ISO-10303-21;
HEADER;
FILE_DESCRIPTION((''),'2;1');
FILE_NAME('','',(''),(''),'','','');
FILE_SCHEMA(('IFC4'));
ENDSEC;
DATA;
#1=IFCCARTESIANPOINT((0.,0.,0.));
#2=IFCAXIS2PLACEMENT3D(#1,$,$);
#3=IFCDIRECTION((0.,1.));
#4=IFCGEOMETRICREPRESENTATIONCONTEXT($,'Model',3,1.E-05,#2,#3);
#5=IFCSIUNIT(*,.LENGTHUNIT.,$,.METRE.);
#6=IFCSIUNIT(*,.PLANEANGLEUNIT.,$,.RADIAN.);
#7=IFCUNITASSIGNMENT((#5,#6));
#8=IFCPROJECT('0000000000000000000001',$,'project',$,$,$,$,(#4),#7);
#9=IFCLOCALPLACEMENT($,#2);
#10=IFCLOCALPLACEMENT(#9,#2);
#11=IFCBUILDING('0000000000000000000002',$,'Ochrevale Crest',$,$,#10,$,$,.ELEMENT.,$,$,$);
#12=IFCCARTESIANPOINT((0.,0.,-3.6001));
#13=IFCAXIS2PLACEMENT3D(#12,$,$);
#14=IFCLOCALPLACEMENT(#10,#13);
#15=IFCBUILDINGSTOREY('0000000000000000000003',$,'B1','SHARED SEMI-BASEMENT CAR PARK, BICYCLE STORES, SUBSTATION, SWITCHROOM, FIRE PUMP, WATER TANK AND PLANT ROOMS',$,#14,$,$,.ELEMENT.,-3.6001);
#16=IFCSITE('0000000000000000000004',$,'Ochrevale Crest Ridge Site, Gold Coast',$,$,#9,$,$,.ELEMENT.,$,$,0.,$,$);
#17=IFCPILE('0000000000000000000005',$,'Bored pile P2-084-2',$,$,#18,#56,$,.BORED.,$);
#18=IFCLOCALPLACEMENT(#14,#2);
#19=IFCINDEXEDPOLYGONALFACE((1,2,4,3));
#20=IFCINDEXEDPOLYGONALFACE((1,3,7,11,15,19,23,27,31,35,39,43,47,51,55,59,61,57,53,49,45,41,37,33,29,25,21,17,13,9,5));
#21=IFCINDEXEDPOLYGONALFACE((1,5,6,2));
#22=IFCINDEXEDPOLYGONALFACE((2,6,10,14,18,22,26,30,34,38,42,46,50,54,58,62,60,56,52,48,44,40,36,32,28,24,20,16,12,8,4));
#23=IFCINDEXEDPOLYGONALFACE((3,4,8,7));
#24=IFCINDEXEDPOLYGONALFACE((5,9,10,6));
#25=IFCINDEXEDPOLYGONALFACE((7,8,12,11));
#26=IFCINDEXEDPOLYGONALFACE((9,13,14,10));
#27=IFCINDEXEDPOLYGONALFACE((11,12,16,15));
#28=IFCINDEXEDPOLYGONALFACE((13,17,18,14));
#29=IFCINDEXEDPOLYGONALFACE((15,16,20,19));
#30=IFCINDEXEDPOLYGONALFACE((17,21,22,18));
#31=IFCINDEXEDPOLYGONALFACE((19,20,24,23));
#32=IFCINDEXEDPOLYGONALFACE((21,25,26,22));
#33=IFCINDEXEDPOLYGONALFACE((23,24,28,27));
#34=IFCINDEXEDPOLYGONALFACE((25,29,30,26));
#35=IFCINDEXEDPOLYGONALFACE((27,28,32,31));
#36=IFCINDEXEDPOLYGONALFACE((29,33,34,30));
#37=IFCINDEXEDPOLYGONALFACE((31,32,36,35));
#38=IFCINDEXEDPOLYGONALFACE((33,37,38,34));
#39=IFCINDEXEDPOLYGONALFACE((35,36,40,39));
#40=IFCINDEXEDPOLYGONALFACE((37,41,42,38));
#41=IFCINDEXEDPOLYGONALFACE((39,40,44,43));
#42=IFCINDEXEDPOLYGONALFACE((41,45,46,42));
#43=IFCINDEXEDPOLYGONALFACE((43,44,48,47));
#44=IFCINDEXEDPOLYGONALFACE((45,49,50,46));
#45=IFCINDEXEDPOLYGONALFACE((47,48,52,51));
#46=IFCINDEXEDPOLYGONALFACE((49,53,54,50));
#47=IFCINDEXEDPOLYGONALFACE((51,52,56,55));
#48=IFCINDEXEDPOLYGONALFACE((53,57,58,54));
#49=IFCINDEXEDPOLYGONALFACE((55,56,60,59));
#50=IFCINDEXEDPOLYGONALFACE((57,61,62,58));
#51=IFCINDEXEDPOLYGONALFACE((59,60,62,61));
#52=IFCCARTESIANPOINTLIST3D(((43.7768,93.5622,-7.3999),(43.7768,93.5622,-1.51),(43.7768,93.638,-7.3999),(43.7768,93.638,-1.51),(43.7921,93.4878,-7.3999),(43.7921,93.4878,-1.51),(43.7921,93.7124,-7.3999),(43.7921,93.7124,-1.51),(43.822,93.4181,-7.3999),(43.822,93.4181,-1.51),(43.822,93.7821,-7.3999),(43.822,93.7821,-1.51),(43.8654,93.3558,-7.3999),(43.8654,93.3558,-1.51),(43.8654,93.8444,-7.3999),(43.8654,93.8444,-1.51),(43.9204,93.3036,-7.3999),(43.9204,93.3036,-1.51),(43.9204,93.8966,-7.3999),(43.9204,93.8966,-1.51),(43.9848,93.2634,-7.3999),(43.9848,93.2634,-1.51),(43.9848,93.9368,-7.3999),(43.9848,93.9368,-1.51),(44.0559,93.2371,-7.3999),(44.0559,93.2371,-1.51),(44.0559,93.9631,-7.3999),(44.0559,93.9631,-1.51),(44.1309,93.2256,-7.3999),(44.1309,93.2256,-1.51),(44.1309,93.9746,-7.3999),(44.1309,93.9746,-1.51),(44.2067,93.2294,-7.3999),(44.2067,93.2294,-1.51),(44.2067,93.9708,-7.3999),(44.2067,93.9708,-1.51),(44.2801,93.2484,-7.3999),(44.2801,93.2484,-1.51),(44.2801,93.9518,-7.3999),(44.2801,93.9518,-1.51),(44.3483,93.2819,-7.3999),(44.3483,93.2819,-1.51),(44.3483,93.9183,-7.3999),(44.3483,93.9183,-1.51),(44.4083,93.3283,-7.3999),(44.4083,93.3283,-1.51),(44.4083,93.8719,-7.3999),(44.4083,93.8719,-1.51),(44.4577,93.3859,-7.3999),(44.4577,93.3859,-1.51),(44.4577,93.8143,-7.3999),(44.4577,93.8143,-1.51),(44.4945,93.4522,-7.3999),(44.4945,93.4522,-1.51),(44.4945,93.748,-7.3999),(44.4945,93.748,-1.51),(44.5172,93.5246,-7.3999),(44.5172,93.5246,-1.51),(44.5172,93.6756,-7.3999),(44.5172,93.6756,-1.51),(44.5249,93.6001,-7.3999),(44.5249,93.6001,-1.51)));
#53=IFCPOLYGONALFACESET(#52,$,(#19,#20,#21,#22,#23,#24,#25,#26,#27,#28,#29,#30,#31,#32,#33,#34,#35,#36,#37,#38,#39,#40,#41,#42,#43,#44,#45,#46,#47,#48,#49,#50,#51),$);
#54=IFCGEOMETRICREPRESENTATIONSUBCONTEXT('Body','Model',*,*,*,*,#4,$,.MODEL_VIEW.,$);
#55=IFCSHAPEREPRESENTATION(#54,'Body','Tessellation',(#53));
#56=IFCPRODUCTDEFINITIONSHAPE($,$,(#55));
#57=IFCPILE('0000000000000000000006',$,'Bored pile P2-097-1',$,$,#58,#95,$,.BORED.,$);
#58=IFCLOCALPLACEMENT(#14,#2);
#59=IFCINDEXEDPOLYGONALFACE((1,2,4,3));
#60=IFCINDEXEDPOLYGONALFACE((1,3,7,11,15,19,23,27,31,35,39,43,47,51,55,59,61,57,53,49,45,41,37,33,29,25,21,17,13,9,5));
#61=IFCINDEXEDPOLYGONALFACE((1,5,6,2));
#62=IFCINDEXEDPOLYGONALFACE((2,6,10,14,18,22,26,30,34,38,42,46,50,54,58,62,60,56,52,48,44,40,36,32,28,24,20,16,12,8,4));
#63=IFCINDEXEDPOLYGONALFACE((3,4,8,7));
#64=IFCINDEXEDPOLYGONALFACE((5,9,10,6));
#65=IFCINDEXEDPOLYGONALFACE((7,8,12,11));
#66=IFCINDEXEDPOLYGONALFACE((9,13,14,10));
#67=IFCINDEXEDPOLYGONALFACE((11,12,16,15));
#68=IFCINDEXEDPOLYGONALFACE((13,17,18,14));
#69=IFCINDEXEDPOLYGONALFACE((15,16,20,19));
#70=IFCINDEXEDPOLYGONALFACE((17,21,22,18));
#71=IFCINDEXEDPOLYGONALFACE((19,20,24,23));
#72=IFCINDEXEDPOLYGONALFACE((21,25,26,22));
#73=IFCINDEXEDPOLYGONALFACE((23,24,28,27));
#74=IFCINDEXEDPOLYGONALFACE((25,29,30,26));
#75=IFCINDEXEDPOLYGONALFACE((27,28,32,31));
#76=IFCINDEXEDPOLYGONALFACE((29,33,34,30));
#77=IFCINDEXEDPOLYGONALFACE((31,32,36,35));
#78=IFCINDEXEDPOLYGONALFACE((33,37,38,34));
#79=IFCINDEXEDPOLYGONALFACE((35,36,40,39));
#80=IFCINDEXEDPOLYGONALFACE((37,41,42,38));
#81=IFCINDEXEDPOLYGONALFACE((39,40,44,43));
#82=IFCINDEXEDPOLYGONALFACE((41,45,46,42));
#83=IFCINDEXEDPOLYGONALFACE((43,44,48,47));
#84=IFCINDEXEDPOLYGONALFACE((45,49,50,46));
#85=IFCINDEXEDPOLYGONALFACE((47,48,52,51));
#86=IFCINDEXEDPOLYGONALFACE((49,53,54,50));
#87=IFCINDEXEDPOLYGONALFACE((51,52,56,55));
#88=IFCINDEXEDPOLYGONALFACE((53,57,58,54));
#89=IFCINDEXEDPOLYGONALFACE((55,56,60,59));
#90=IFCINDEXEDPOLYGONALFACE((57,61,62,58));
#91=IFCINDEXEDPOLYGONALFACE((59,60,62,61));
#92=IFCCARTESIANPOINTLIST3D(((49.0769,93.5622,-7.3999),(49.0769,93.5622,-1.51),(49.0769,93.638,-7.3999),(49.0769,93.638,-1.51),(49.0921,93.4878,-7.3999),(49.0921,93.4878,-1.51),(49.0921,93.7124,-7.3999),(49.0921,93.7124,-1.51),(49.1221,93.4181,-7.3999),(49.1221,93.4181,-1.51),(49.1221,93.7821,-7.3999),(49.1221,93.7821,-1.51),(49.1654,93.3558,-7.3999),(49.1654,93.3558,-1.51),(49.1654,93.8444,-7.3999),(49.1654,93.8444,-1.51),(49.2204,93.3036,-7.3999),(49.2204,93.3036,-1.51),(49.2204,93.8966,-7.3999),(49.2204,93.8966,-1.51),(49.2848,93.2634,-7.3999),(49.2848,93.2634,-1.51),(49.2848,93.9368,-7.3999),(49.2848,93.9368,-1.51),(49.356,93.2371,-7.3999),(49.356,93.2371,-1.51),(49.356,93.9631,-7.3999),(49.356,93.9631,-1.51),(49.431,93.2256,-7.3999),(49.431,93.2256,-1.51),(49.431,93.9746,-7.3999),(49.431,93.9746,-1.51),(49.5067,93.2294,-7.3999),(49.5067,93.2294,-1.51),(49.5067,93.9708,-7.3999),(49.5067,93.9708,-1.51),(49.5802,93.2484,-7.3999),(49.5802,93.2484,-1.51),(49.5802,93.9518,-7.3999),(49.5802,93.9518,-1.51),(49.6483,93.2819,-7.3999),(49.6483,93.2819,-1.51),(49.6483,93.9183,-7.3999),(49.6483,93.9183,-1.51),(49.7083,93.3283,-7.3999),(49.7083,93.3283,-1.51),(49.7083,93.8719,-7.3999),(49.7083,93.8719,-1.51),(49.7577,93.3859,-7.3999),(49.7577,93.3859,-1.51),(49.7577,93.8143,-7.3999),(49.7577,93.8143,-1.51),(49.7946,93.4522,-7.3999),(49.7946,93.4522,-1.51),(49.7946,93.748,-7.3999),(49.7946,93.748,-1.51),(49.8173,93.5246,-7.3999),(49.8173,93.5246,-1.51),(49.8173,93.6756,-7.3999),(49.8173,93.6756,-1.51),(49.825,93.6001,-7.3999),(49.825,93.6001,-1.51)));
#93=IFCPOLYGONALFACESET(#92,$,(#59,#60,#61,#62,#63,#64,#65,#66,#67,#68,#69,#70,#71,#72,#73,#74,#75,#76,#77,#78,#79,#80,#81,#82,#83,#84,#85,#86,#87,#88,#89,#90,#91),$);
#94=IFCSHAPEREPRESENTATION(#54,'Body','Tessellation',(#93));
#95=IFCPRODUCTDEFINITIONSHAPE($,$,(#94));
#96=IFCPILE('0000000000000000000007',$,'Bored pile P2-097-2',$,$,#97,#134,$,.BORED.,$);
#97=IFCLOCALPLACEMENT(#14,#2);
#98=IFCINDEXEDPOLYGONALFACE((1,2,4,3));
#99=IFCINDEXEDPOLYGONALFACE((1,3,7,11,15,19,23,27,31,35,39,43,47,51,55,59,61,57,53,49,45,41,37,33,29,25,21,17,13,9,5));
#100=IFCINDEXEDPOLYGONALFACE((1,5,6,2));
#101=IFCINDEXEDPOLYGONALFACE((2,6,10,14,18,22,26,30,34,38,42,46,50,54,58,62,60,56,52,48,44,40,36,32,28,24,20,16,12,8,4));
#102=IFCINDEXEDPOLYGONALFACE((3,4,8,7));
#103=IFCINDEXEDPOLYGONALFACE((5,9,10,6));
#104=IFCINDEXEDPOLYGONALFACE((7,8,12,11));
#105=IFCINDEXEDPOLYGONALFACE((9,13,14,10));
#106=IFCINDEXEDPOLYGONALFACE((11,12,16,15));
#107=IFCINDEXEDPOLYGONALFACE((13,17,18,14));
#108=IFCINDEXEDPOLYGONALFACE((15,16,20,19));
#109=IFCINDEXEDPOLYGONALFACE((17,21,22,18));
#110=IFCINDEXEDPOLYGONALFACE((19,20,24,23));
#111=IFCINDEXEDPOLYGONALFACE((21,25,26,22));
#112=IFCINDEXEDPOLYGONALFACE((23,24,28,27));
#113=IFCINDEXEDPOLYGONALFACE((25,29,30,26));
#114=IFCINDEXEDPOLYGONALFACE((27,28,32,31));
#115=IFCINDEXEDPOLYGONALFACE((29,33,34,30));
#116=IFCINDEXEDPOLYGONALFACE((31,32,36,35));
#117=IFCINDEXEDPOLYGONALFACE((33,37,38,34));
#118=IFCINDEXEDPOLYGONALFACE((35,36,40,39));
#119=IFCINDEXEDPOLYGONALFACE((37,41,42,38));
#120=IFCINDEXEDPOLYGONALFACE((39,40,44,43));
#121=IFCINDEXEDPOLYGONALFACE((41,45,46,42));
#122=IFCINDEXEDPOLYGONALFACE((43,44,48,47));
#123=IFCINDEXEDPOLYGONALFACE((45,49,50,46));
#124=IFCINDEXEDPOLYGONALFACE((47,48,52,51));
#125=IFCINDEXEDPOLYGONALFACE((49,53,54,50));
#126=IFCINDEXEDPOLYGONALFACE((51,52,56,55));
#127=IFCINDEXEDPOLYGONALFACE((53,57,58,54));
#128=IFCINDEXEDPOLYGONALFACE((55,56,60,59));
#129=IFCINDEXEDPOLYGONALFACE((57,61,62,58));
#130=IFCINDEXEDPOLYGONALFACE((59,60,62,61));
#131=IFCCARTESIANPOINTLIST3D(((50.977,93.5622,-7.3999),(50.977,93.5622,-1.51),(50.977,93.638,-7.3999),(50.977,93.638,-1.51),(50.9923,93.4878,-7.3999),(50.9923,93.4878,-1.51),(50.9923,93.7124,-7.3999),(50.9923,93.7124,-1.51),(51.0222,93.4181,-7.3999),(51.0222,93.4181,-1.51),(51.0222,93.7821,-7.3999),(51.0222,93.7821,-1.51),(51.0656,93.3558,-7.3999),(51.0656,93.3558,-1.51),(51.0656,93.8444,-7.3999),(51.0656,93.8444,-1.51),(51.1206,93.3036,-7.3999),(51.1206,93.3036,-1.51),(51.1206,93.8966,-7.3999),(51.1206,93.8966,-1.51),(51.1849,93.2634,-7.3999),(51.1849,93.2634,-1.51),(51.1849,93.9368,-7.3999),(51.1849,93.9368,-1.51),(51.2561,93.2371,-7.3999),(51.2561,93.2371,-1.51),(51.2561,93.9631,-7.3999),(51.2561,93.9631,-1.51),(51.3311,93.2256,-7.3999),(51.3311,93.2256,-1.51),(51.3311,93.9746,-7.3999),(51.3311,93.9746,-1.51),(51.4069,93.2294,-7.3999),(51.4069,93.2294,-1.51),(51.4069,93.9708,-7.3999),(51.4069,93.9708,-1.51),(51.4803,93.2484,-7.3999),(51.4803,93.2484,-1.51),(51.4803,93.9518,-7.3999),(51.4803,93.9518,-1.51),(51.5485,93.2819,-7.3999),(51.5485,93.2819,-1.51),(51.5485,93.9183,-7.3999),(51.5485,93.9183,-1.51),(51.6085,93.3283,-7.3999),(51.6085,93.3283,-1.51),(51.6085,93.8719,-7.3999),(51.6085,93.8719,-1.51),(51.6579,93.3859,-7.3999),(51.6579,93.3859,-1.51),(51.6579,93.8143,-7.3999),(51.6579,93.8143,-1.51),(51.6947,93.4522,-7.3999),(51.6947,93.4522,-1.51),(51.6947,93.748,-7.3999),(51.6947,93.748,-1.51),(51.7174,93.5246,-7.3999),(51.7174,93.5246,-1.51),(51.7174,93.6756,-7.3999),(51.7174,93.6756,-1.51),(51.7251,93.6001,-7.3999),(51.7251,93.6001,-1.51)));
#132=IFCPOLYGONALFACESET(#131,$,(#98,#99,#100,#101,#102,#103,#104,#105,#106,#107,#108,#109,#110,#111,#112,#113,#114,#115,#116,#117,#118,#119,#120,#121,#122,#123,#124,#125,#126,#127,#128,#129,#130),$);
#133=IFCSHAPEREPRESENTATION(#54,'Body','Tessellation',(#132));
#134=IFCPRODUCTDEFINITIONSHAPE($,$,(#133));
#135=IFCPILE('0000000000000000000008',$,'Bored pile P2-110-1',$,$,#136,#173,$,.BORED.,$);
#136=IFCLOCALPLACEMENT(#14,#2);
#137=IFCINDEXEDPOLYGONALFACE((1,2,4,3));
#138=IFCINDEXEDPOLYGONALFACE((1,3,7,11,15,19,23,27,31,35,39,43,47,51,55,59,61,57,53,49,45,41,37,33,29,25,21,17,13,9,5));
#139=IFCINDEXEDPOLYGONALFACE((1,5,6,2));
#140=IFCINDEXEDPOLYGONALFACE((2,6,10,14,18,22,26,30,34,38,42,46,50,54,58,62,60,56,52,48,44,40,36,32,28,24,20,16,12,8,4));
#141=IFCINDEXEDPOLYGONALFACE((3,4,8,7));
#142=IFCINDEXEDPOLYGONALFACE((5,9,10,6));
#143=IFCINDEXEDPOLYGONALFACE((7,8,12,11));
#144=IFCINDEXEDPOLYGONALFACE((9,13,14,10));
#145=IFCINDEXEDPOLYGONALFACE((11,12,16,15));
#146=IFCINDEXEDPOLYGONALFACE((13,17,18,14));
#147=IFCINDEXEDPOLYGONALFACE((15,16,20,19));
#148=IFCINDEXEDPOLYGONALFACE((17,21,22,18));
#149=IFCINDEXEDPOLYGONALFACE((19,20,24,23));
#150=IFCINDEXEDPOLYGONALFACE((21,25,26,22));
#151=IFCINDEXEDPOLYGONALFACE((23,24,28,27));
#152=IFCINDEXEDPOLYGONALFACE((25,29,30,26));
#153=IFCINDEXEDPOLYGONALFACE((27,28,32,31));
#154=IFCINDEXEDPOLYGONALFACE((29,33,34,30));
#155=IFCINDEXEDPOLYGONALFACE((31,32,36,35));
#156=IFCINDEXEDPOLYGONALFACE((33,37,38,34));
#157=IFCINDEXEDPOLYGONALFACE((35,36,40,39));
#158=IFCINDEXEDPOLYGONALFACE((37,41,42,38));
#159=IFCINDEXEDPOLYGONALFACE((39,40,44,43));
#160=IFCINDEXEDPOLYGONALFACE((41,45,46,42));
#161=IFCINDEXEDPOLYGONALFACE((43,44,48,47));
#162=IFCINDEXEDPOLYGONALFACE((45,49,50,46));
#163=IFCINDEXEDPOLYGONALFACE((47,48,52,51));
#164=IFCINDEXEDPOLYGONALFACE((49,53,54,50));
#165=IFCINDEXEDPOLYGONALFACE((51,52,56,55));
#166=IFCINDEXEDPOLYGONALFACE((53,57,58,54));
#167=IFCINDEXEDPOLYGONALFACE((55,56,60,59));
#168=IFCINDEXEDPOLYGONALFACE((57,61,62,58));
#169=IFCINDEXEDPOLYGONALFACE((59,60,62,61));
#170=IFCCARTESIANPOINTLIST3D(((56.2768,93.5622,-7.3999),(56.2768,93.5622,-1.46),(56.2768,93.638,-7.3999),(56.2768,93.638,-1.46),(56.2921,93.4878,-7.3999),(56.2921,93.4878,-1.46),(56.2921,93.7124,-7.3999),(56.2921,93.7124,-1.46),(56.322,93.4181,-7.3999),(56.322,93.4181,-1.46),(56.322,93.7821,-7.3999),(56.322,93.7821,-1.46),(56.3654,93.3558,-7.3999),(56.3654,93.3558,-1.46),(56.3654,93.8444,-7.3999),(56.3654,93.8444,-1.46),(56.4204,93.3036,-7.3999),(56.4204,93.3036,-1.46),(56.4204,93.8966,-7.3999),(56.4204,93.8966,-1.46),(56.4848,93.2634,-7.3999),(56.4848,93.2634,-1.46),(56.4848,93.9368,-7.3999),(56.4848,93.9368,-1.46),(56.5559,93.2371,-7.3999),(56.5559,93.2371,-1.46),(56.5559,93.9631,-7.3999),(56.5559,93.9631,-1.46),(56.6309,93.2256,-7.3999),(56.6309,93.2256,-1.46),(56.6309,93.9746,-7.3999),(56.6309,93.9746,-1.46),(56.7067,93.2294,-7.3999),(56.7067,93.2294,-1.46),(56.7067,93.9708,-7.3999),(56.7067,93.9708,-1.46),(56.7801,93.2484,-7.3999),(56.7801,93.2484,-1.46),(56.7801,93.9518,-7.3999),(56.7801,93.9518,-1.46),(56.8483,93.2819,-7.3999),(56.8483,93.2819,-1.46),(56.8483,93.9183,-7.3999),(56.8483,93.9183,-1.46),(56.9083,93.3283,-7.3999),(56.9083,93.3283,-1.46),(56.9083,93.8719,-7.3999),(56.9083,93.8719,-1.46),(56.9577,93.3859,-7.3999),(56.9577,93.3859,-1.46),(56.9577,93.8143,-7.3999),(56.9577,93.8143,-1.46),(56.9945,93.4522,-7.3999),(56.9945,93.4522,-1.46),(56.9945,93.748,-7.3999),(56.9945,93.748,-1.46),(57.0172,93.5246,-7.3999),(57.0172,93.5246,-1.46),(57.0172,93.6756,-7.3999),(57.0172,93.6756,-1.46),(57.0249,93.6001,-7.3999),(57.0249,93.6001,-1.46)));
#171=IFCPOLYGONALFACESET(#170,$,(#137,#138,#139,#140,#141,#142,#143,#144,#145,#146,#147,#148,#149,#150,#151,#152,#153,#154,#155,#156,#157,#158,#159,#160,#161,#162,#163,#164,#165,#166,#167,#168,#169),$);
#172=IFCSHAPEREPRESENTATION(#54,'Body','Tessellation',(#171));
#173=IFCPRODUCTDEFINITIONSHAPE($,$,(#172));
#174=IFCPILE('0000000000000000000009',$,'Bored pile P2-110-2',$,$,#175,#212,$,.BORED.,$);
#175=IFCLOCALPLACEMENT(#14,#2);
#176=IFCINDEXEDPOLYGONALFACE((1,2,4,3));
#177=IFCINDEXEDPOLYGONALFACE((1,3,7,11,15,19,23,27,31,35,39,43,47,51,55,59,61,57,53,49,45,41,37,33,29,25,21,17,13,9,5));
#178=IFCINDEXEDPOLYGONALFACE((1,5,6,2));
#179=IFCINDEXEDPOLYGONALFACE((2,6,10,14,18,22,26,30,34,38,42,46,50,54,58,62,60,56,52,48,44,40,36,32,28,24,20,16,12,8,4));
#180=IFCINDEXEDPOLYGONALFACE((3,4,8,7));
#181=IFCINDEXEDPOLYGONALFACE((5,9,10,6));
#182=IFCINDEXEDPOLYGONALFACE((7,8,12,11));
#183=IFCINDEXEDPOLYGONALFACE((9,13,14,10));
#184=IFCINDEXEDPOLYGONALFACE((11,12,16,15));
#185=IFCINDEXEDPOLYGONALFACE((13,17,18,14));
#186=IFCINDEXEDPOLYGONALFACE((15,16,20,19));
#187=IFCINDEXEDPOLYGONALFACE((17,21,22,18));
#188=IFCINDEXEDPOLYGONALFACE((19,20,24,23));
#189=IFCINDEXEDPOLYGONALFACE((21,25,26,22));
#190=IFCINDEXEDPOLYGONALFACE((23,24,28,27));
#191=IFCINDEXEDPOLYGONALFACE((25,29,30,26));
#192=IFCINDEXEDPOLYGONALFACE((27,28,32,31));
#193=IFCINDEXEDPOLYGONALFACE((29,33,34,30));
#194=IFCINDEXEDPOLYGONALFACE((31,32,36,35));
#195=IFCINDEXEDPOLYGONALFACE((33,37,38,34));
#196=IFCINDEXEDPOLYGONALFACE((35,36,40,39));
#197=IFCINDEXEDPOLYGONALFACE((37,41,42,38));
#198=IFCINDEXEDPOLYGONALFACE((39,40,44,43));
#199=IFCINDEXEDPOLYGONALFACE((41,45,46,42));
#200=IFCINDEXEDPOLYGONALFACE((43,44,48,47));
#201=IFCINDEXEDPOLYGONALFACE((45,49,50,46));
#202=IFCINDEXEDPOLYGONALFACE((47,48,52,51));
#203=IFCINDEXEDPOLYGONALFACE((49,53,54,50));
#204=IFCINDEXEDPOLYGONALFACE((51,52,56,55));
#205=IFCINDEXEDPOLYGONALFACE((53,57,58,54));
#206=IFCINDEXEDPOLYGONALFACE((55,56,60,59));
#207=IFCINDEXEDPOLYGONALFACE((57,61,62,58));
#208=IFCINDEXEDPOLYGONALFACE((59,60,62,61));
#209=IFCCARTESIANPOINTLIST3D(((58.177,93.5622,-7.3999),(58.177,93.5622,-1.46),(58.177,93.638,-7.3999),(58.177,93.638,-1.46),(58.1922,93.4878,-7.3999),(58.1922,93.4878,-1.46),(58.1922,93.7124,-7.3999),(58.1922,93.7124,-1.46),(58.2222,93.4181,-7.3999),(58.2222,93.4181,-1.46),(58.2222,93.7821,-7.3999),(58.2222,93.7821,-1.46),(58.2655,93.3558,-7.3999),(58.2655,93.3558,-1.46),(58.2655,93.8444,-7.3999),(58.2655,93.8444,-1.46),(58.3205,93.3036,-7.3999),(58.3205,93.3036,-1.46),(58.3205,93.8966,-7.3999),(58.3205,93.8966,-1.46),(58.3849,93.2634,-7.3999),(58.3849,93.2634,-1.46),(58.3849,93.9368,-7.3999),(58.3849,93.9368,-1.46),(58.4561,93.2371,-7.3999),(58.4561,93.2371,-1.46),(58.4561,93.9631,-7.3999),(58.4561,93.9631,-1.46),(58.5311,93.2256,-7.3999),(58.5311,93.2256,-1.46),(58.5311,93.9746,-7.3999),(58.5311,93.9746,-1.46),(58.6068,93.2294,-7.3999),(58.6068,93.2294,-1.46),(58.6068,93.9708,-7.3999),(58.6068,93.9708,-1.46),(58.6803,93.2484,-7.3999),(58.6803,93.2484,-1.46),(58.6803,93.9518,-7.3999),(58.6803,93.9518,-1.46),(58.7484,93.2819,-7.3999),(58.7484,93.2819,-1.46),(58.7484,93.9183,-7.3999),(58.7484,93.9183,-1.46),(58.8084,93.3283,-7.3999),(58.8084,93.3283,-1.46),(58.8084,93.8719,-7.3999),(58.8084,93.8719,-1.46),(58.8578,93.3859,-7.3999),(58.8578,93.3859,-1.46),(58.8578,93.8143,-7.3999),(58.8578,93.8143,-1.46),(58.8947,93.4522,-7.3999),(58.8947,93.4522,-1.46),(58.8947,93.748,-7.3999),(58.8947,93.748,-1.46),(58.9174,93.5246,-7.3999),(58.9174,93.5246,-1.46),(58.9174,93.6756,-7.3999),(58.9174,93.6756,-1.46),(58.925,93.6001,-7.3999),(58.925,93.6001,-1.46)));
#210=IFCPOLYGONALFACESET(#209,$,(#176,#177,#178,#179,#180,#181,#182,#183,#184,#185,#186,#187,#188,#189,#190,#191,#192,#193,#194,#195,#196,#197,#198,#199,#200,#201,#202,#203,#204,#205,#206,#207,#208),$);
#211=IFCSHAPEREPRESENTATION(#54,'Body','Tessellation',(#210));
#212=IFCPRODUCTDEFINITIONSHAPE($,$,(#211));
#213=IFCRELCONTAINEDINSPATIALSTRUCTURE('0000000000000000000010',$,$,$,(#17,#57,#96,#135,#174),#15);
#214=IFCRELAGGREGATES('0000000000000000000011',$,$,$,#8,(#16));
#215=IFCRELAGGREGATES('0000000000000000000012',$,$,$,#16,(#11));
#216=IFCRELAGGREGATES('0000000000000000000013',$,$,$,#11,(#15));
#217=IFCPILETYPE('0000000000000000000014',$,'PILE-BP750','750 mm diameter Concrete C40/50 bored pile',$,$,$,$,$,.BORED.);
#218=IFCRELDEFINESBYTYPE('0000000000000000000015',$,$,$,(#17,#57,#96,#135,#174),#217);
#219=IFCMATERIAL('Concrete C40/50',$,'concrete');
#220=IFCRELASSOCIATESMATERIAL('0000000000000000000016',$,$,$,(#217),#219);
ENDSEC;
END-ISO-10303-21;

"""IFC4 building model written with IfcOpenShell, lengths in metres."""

from ifc_helpers import new_model, si_unit, direction, frame, origin, origin_2d, place, context, subcontext, project, spatial, circle, extrude, material, material_profile, profile_set, type_object, element, save


model = new_model("IFC4")

# Units and contexts
model_context = context("Model", 3, precision=1e-05, world=origin(), true_north=direction((0.0, 1.0)))
body_context = subcontext(model_context, "Body", "Model", "MODEL_VIEW")
ifc_project = project(units=[si_unit("LENGTHUNIT", "METRE"), si_unit("PLANEANGLEUNIT", "RADIAN")], contexts=[model_context])

# Site, building, storey
site_placement = place(None, origin())
site = spatial("IfcSite", under=ifc_project, at=site_placement, Name="Ochrevale Crest Ridge Site, Gold Coast", CompositionType="ELEMENT", RefElevation=0.0)
building_placement = place(site_placement, origin())
building = spatial("IfcBuilding", under=site, at=building_placement, Name="Ochrevale Crest", CompositionType="ELEMENT")
storey_placement = place(building_placement, frame((0.0, 0.0, -3.6001)))
storey = spatial("IfcBuildingStorey", under=building, at=storey_placement, Name="B1", Description="SHARED SEMI-BASEMENT CAR PARK, BICYCLE STORES, SUBSTATION, SWITCHROOM, FIRE PUMP, WATER TANK AND PLANT ROOMS", CompositionType="ELEMENT", Elevation=-3.6001)

# Shared definitions
ifc_material_1 = material(Name="Concrete C40/50", Category="concrete")

# Piles
ifc_material_profile_1 = material_profile(ifc_material_1, circle(Radius=0.375, at=origin_2d()), Name="BORED PILE 750")
ifc_profile_set_1 = profile_set([ifc_material_profile_1], Name="Concrete C40/50")
pile_type_1 = type_object("IfcPileType", Name="PILE-BP750", Description="750 mm diameter Concrete C40/50 bored pile", PredefinedType="BORED", material=ifc_profile_set_1)
for number, where, z_axis, x_axis, name in (
    (1, (44.1499, 93.6001, -1.51), (0.0, 0.0, -1.0), (1.0, 0.0, 0.0), "Bored pile P2-084-2"),
    (2, (49.45, 93.6001, -1.51), (0.0, 0.0, -1.0), (1.0, 0.0, 0.0), "Bored pile P2-097-1"),
    (3, (51.3501, 93.6001, -1.51), (0.0, 0.0, -1.0), (1.0, 0.0, 0.0), "Bored pile P2-097-2"),
):
    element("IfcPile", number, at=place(storey_placement, frame(where, z_axis=z_axis, x_axis=x_axis)), inside=storey, type_object=pile_type_1, Name=name, PredefinedType="BORED", context=body_context, shape_type="SweptSolid", body=[
        extrude(circle(Radius=0.375, at=origin_2d()), origin(), (0.0, 0.0, 1.0), 5.8899),
    ])
for number, where, z_axis, x_axis, name in (
    (4, (56.6499, 93.6001, -1.46), (0.0, 0.0, -1.0), (1.0, 0.0, 0.0), "Bored pile P2-110-1"),
    (5, (58.55, 93.6001, -1.46), (0.0, 0.0, -1.0), (1.0, 0.0, 0.0), "Bored pile P2-110-2"),
):
    element("IfcPile", number, at=place(storey_placement, frame(where, z_axis=z_axis, x_axis=x_axis)), inside=storey, type_object=pile_type_1, Name=name, PredefinedType="BORED", context=body_context, shape_type="SweptSolid", body=[
        extrude(circle(Radius=0.375, at=origin_2d()), origin(), (0.0, 0.0, 1.0), 5.9399),
    ])

save(model, "model.ifc")
